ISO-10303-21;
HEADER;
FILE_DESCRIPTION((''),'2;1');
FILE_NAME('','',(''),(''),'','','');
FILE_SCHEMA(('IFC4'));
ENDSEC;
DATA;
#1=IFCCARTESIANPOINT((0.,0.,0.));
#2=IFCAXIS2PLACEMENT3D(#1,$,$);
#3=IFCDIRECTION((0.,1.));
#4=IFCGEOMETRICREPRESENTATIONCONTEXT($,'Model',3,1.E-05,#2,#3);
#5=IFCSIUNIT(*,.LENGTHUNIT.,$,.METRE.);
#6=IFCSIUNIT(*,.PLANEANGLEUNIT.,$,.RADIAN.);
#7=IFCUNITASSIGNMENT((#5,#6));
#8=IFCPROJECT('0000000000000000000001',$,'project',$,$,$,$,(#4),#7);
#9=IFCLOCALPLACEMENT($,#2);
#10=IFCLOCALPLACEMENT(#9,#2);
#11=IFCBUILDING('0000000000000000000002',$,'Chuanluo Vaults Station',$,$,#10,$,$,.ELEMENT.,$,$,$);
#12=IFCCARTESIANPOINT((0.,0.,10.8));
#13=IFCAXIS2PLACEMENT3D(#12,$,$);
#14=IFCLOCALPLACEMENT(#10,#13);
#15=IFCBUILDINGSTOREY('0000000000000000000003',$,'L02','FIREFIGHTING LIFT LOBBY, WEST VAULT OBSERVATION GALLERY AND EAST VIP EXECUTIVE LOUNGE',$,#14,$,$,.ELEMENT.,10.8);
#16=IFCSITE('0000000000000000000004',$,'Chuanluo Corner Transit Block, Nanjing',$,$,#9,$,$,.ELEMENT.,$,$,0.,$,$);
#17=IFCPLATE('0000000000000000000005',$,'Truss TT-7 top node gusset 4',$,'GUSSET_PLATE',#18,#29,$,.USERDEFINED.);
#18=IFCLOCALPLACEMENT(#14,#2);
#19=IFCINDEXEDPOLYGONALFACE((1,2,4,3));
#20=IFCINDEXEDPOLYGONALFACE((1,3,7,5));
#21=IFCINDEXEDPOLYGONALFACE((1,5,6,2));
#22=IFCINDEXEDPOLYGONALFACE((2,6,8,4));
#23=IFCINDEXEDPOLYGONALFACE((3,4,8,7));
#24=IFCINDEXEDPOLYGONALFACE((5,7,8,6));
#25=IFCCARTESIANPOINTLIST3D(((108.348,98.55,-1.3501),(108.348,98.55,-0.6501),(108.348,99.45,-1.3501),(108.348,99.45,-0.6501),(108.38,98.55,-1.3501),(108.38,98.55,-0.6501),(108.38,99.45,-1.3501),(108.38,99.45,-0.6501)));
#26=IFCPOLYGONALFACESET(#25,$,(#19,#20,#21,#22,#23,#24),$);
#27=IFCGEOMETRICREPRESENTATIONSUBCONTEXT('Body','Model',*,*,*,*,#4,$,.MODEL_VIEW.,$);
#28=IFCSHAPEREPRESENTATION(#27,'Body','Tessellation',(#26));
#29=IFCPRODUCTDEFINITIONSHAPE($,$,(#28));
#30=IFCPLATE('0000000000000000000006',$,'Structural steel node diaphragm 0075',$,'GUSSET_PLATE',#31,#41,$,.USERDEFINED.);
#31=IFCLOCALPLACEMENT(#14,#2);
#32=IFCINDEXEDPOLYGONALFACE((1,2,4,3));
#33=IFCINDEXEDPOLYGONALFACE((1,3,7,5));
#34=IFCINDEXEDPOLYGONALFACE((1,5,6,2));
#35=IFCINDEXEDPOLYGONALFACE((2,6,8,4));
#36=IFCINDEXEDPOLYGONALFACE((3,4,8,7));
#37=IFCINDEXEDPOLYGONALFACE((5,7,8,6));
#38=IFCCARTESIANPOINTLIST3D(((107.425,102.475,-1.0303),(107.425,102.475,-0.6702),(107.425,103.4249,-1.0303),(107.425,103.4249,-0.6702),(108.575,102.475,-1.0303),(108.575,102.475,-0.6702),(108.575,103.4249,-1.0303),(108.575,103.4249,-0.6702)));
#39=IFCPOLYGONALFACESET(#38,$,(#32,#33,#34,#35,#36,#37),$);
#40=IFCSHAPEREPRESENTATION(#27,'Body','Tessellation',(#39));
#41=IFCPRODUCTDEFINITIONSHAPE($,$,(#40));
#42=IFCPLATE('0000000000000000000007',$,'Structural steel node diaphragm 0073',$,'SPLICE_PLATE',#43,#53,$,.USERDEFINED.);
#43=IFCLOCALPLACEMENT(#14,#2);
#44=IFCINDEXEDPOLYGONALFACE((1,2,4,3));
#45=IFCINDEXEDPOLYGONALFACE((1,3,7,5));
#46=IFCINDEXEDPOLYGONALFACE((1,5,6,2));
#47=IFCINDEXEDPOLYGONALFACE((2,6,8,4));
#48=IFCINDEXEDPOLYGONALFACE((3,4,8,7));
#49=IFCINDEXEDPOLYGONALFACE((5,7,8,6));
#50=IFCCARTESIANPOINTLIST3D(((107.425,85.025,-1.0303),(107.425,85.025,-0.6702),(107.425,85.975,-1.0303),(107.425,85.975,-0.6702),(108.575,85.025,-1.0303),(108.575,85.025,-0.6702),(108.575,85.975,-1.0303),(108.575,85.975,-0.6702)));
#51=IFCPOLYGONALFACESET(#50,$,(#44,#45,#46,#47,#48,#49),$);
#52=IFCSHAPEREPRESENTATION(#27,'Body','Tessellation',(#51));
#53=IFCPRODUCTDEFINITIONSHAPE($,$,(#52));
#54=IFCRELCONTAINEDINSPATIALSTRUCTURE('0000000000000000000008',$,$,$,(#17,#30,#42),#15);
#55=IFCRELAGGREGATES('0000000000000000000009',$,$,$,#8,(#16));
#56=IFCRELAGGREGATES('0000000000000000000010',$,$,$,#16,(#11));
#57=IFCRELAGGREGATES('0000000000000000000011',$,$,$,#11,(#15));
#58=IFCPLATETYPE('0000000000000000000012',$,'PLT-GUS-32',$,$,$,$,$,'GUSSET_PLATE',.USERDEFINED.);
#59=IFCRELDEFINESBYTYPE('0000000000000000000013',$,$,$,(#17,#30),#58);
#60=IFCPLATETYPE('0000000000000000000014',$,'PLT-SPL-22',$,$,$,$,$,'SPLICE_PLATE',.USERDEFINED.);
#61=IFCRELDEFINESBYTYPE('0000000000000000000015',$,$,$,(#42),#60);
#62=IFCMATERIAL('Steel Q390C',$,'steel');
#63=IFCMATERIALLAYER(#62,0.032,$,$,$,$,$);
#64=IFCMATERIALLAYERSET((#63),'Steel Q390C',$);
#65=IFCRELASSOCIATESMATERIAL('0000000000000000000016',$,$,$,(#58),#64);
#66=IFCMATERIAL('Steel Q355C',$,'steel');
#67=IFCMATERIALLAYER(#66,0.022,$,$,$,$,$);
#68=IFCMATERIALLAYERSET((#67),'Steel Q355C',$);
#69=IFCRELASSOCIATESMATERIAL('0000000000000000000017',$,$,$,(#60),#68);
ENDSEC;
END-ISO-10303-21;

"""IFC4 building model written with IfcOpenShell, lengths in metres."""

from ifc_helpers import new_model, si_unit, direction, frame, origin, origin_2d, place, context, subcontext, project, spatial, rectangle, extrude, material, layer, layer_set, type_object, element, save


model = new_model("IFC4")

# Units and contexts
model_context = context("Model", 3, precision=1e-05, world=origin(), true_north=direction((0.0, 1.0)))
body_context = subcontext(model_context, "Body", "Model", "MODEL_VIEW")
ifc_project = project(units=[si_unit("LENGTHUNIT", "METRE"), si_unit("PLANEANGLEUNIT", "RADIAN")], contexts=[model_context])

# Site, building, storey
site_placement = place(None, origin())
site = spatial("IfcSite", under=ifc_project, at=site_placement, Name="Chuanluo Corner Transit Block, Nanjing", CompositionType="ELEMENT", RefElevation=0.0)
building_placement = place(site_placement, origin())
building = spatial("IfcBuilding", under=site, at=building_placement, Name="Chuanluo Vaults Station", CompositionType="ELEMENT")
storey_placement = place(building_placement, frame((0.0, 0.0, 10.8)))
storey = spatial("IfcBuildingStorey", under=building, at=storey_placement, Name="L02", Description="FIREFIGHTING LIFT LOBBY, WEST VAULT OBSERVATION GALLERY AND EAST VIP EXECUTIVE LOUNGE", CompositionType="ELEMENT", Elevation=10.8)

# Plates
ifc_material_1 = material(Name="Steel Q390C", Category="steel")
ifc_layer_1 = layer(ifc_material_1, 0.032)
ifc_layer_set_1 = layer_set([ifc_layer_1], Name="Steel Q390C")
plate_type_1 = type_object("IfcPlateType", Name="PLT-GUS-32", ElementType="GUSSET_PLATE", PredefinedType="USERDEFINED", material=ifc_layer_set_1)
for number, where, z_axis, x_axis, name in (
    (1, (108.364, 99.0, -1.3501), (0.0, 0.0, 1.0), (1.0, 0.0, 0.0), "Truss TT-7 top node gusset 4"),
):
    element("IfcPlate", number, at=place(storey_placement, frame(where, z_axis=z_axis, x_axis=x_axis)), inside=storey, type_object=plate_type_1, Name=name, ObjectType="GUSSET_PLATE", PredefinedType="USERDEFINED", context=body_context, shape_type="SweptSolid", body=[
        extrude(rectangle(XDim=0.032, YDim=0.8999, at=origin_2d()), origin(), (0.0, 0.0, 1.0), 0.7),
    ])
plate_1_placement = place(storey_placement, frame((108.0, 102.95, -1.0303), z_axis=(0.0, 0.0, 1.0), x_axis=(1.0, 0.0, 0.0)))
element("IfcPlate", 2, at=plate_1_placement, inside=storey, type_object=plate_type_1, Name="Structural steel node diaphragm 0075", ObjectType="GUSSET_PLATE", PredefinedType="USERDEFINED", context=body_context, shape_type="SweptSolid", body=[
    extrude(rectangle(XDim=1.1499, YDim=0.95, at=origin_2d()), origin(), (0.0, 0.0, 1.0), 0.3601),
])
ifc_material_2 = material(Name="Steel Q355C", Category="steel")
ifc_layer_2 = layer(ifc_material_2, 0.022)
ifc_layer_set_2 = layer_set([ifc_layer_2], Name="Steel Q355C")
plate_type_2 = type_object("IfcPlateType", Name="PLT-SPL-22", ElementType="SPLICE_PLATE", PredefinedType="USERDEFINED", material=ifc_layer_set_2)
plate_2_placement = place(storey_placement, frame((108.0, 85.5, -1.0303), z_axis=(0.0, 0.0, 1.0), x_axis=(1.0, 0.0, 0.0)))
element("IfcPlate", 3, at=plate_2_placement, inside=storey, type_object=plate_type_2, Name="Structural steel node diaphragm 0073", ObjectType="SPLICE_PLATE", PredefinedType="USERDEFINED", context=body_context, shape_type="SweptSolid", body=[
    extrude(rectangle(XDim=1.1499, YDim=0.95, at=origin_2d()), origin(), (0.0, 0.0, 1.0), 0.3601),
])

save(model, "model.ifc")
